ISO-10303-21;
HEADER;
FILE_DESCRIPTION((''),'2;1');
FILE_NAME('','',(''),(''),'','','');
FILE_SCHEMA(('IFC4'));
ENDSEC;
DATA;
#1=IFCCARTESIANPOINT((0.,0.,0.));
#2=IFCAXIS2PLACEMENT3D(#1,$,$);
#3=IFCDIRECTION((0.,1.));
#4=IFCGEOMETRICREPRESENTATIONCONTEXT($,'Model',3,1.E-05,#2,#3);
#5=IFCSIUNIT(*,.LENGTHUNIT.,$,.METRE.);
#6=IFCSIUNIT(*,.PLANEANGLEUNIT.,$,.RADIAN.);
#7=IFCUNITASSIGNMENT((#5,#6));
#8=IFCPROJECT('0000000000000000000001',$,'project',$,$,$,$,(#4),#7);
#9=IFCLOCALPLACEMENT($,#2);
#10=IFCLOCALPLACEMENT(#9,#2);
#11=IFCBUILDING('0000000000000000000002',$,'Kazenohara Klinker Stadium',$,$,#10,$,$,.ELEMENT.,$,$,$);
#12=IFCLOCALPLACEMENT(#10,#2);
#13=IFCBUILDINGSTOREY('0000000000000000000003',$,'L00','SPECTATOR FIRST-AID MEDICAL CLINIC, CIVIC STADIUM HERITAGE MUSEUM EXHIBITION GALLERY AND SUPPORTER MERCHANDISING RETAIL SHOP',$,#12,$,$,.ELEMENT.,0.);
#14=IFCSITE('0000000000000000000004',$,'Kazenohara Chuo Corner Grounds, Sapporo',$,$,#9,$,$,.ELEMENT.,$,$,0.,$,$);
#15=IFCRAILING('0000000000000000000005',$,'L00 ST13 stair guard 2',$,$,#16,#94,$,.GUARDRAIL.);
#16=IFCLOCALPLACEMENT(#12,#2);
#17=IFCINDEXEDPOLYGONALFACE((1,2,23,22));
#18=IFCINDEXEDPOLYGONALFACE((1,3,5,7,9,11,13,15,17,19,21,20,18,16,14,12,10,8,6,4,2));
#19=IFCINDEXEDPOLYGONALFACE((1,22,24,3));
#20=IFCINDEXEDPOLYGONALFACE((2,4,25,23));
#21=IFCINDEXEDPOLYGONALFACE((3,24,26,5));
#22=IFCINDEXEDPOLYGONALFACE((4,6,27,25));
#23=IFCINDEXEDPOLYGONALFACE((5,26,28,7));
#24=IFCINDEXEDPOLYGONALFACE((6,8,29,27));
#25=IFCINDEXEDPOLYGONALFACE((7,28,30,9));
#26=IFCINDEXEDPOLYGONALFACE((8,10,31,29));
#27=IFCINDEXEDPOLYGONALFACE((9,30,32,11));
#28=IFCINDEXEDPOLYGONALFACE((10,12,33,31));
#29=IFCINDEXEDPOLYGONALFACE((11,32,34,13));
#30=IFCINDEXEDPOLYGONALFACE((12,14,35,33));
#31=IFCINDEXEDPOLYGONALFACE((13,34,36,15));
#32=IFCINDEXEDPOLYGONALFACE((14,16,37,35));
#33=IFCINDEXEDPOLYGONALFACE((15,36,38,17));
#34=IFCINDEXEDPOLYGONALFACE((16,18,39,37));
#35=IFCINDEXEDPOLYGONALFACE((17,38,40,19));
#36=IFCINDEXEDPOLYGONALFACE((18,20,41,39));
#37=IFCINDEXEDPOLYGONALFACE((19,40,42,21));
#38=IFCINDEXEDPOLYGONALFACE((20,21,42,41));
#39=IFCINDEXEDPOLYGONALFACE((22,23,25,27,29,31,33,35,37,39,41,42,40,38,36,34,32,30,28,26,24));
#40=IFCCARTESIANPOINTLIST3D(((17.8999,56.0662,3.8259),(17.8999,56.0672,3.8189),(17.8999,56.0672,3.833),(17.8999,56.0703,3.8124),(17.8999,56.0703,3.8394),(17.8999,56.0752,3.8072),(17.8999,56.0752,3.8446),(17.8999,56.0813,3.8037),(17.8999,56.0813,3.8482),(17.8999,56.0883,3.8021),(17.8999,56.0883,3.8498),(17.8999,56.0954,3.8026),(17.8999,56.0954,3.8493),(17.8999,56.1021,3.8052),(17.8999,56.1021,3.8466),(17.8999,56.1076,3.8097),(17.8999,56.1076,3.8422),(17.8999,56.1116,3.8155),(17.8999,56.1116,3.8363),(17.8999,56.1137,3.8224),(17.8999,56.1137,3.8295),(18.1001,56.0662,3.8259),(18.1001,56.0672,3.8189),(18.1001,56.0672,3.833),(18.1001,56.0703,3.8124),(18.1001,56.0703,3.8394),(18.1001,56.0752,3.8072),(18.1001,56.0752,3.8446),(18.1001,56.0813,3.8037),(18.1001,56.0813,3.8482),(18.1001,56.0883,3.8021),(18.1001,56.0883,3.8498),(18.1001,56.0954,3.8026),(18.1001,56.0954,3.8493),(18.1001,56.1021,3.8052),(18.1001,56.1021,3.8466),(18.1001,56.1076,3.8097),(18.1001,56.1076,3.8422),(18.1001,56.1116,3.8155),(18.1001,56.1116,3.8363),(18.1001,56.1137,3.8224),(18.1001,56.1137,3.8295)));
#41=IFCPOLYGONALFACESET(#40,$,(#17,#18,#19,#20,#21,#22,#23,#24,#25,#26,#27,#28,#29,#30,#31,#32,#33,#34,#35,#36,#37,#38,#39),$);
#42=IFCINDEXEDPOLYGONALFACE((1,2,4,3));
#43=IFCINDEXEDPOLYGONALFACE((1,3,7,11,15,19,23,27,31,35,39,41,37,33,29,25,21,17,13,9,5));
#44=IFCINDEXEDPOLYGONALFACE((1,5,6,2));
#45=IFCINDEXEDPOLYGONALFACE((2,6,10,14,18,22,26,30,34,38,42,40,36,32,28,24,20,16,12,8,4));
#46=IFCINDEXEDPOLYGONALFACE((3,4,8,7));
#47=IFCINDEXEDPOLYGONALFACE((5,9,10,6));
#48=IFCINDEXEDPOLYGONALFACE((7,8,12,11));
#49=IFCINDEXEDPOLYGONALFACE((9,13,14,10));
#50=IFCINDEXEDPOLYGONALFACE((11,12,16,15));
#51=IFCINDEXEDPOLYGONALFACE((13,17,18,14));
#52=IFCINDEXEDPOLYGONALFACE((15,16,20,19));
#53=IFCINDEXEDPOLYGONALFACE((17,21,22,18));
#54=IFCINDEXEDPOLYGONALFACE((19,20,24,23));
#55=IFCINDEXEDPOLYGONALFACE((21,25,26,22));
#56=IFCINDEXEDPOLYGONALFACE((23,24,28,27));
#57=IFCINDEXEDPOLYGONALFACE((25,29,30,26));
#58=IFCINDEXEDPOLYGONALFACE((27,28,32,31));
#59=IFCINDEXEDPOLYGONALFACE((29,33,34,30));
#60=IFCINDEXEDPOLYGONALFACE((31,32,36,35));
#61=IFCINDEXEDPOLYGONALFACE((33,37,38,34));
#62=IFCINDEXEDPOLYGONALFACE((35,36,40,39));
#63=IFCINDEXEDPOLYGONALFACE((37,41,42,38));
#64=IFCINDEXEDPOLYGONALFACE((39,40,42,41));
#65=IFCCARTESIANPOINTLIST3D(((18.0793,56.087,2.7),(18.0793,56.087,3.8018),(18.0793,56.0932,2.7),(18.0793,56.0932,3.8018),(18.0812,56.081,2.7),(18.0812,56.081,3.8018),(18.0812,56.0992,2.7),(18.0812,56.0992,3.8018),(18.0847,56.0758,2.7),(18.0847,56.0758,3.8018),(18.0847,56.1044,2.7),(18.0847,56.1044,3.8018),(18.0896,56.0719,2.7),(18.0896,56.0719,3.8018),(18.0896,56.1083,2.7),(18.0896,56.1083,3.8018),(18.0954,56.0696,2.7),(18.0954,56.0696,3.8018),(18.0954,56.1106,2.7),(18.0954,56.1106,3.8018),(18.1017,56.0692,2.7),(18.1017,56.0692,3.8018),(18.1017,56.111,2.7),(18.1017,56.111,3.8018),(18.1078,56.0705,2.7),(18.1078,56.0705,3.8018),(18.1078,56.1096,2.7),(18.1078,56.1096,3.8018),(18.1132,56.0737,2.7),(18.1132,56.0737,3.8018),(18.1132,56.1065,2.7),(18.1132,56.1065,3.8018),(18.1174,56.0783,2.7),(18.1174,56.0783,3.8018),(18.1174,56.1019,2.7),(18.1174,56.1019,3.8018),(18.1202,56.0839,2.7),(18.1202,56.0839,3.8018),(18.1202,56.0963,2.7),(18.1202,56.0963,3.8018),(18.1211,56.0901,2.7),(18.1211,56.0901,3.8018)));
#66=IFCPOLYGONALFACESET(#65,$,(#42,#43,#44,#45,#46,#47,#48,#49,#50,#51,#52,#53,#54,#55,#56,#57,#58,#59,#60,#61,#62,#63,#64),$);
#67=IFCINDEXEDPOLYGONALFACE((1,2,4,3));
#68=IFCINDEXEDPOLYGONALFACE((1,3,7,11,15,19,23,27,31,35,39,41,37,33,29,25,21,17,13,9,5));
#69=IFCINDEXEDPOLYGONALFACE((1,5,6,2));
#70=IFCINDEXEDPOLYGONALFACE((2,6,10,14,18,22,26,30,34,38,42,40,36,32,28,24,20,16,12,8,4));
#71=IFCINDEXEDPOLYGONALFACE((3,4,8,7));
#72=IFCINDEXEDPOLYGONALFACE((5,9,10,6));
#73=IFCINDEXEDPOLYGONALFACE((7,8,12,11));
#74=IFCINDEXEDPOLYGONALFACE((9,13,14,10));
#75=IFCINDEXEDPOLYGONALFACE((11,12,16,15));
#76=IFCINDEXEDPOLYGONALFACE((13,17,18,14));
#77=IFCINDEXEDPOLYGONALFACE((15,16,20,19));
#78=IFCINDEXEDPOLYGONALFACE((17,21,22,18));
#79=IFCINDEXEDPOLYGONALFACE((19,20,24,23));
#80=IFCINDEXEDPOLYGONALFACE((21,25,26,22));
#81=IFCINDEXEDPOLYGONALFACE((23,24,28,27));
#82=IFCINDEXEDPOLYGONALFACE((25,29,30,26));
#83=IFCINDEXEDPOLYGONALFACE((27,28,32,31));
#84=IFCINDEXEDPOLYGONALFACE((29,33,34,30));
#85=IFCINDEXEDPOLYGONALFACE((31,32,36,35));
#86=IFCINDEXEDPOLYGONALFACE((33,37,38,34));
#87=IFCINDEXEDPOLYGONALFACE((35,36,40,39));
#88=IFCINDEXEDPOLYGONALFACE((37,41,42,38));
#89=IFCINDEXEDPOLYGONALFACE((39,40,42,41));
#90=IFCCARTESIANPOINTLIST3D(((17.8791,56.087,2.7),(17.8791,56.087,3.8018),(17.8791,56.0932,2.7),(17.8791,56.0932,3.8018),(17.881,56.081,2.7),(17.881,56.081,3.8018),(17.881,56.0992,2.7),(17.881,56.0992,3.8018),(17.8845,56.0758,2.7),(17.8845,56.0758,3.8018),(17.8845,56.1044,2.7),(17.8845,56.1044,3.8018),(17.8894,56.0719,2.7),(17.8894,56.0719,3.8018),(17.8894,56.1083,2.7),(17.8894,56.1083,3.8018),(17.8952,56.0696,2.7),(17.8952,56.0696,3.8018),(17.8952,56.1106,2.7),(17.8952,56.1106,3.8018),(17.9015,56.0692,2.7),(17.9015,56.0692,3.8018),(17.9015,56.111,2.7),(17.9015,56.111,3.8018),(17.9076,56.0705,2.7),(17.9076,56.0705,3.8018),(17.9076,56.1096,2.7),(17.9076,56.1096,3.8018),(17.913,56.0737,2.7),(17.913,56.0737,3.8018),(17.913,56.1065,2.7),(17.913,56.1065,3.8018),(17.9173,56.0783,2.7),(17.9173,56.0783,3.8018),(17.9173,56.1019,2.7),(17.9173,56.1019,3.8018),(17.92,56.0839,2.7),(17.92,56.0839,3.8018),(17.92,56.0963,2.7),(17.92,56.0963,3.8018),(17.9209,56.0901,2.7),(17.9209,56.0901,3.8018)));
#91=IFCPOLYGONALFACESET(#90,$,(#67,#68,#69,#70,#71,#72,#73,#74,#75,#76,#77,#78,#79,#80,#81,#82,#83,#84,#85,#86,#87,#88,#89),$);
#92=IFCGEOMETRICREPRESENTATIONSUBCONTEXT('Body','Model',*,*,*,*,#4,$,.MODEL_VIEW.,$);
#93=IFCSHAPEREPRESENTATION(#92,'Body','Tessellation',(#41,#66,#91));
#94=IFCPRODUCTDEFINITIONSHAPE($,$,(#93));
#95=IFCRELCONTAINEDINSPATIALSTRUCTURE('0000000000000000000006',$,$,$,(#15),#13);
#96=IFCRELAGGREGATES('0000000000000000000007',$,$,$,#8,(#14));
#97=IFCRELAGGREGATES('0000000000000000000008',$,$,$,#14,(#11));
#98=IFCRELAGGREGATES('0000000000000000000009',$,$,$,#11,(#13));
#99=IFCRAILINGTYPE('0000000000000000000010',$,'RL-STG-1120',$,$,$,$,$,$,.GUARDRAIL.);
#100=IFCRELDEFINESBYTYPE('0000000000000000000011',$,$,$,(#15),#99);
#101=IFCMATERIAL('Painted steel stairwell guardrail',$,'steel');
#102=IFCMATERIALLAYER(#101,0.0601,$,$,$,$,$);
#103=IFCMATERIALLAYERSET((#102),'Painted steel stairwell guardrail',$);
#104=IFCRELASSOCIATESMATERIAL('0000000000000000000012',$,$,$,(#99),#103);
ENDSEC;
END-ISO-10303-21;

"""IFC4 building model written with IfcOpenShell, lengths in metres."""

from ifc_helpers import new_model, si_unit, direction, frame, origin, origin_2d, place, context, subcontext, project, spatial, circle, extrude, material, layer, layer_set, type_object, element, save


model = new_model("IFC4")

# Units and contexts
model_context = context("Model", 3, precision=1e-05, world=origin(), true_north=direction((0.0, 1.0)))
body_context = subcontext(model_context, "Body", "Model", "MODEL_VIEW")
ifc_project = project(units=[si_unit("LENGTHUNIT", "METRE"), si_unit("PLANEANGLEUNIT", "RADIAN")], contexts=[model_context])

# Site, building, storey
site_placement = place(None, origin())
site = spatial("IfcSite", under=ifc_project, at=site_placement, Name="Kazenohara Chuo Corner Grounds, Sapporo", CompositionType="ELEMENT", RefElevation=0.0)
building_placement = place(site_placement, origin())
building = spatial("IfcBuilding", under=site, at=building_placement, Name="Kazenohara Klinker Stadium", CompositionType="ELEMENT")
storey_placement = place(building_placement, origin())
storey = spatial("IfcBuildingStorey", under=building, at=storey_placement, Name="L00", Description="SPECTATOR FIRST-AID MEDICAL CLINIC, CIVIC STADIUM HERITAGE MUSEUM EXHIBITION GALLERY AND SUPPORTER MERCHANDISING RETAIL SHOP", CompositionType="ELEMENT", Elevation=0.0)

# Railing
ifc_material_1 = material(Name="Painted steel stairwell guardrail", Category="steel")
ifc_layer_1 = layer(ifc_material_1, 0.0601)
ifc_layer_set_1 = layer_set([ifc_layer_1], Name="Painted steel stairwell guardrail")
railing_type_1 = type_object("IfcRailingType", Name="RL-STG-1120", PredefinedType="GUARDRAIL", material=ifc_layer_set_1)
railing_1_placement = place(storey_placement, frame((18.1001, 56.0901, 2.7)))
element("IfcRailing", 1, at=railing_1_placement, inside=storey, type_object=railing_type_1, Name="L00 ST13 stair guard 2", PredefinedType="GUARDRAIL", context=body_context, shape_type="SweptSolid", body=[
    extrude(circle(Radius=0.0239, at=origin_2d()), frame((0.0, 0.0, 1.126), z_axis=(-1.0, 0.0, 0.0), x_axis=(0.0, -1.0, 0.0)), (0.0, 0.0, 1.0), 0.2002),
    extrude(circle(Radius=0.021, at=origin_2d()), origin(), (0.0, 0.0, 1.0), 1.1018),
    extrude(circle(Radius=0.021, at=origin_2d()), frame((-0.2002, 0.0, 0.0)), (0.0, 0.0, 1.0), 1.1018),
])

save(model, "model.ifc")
